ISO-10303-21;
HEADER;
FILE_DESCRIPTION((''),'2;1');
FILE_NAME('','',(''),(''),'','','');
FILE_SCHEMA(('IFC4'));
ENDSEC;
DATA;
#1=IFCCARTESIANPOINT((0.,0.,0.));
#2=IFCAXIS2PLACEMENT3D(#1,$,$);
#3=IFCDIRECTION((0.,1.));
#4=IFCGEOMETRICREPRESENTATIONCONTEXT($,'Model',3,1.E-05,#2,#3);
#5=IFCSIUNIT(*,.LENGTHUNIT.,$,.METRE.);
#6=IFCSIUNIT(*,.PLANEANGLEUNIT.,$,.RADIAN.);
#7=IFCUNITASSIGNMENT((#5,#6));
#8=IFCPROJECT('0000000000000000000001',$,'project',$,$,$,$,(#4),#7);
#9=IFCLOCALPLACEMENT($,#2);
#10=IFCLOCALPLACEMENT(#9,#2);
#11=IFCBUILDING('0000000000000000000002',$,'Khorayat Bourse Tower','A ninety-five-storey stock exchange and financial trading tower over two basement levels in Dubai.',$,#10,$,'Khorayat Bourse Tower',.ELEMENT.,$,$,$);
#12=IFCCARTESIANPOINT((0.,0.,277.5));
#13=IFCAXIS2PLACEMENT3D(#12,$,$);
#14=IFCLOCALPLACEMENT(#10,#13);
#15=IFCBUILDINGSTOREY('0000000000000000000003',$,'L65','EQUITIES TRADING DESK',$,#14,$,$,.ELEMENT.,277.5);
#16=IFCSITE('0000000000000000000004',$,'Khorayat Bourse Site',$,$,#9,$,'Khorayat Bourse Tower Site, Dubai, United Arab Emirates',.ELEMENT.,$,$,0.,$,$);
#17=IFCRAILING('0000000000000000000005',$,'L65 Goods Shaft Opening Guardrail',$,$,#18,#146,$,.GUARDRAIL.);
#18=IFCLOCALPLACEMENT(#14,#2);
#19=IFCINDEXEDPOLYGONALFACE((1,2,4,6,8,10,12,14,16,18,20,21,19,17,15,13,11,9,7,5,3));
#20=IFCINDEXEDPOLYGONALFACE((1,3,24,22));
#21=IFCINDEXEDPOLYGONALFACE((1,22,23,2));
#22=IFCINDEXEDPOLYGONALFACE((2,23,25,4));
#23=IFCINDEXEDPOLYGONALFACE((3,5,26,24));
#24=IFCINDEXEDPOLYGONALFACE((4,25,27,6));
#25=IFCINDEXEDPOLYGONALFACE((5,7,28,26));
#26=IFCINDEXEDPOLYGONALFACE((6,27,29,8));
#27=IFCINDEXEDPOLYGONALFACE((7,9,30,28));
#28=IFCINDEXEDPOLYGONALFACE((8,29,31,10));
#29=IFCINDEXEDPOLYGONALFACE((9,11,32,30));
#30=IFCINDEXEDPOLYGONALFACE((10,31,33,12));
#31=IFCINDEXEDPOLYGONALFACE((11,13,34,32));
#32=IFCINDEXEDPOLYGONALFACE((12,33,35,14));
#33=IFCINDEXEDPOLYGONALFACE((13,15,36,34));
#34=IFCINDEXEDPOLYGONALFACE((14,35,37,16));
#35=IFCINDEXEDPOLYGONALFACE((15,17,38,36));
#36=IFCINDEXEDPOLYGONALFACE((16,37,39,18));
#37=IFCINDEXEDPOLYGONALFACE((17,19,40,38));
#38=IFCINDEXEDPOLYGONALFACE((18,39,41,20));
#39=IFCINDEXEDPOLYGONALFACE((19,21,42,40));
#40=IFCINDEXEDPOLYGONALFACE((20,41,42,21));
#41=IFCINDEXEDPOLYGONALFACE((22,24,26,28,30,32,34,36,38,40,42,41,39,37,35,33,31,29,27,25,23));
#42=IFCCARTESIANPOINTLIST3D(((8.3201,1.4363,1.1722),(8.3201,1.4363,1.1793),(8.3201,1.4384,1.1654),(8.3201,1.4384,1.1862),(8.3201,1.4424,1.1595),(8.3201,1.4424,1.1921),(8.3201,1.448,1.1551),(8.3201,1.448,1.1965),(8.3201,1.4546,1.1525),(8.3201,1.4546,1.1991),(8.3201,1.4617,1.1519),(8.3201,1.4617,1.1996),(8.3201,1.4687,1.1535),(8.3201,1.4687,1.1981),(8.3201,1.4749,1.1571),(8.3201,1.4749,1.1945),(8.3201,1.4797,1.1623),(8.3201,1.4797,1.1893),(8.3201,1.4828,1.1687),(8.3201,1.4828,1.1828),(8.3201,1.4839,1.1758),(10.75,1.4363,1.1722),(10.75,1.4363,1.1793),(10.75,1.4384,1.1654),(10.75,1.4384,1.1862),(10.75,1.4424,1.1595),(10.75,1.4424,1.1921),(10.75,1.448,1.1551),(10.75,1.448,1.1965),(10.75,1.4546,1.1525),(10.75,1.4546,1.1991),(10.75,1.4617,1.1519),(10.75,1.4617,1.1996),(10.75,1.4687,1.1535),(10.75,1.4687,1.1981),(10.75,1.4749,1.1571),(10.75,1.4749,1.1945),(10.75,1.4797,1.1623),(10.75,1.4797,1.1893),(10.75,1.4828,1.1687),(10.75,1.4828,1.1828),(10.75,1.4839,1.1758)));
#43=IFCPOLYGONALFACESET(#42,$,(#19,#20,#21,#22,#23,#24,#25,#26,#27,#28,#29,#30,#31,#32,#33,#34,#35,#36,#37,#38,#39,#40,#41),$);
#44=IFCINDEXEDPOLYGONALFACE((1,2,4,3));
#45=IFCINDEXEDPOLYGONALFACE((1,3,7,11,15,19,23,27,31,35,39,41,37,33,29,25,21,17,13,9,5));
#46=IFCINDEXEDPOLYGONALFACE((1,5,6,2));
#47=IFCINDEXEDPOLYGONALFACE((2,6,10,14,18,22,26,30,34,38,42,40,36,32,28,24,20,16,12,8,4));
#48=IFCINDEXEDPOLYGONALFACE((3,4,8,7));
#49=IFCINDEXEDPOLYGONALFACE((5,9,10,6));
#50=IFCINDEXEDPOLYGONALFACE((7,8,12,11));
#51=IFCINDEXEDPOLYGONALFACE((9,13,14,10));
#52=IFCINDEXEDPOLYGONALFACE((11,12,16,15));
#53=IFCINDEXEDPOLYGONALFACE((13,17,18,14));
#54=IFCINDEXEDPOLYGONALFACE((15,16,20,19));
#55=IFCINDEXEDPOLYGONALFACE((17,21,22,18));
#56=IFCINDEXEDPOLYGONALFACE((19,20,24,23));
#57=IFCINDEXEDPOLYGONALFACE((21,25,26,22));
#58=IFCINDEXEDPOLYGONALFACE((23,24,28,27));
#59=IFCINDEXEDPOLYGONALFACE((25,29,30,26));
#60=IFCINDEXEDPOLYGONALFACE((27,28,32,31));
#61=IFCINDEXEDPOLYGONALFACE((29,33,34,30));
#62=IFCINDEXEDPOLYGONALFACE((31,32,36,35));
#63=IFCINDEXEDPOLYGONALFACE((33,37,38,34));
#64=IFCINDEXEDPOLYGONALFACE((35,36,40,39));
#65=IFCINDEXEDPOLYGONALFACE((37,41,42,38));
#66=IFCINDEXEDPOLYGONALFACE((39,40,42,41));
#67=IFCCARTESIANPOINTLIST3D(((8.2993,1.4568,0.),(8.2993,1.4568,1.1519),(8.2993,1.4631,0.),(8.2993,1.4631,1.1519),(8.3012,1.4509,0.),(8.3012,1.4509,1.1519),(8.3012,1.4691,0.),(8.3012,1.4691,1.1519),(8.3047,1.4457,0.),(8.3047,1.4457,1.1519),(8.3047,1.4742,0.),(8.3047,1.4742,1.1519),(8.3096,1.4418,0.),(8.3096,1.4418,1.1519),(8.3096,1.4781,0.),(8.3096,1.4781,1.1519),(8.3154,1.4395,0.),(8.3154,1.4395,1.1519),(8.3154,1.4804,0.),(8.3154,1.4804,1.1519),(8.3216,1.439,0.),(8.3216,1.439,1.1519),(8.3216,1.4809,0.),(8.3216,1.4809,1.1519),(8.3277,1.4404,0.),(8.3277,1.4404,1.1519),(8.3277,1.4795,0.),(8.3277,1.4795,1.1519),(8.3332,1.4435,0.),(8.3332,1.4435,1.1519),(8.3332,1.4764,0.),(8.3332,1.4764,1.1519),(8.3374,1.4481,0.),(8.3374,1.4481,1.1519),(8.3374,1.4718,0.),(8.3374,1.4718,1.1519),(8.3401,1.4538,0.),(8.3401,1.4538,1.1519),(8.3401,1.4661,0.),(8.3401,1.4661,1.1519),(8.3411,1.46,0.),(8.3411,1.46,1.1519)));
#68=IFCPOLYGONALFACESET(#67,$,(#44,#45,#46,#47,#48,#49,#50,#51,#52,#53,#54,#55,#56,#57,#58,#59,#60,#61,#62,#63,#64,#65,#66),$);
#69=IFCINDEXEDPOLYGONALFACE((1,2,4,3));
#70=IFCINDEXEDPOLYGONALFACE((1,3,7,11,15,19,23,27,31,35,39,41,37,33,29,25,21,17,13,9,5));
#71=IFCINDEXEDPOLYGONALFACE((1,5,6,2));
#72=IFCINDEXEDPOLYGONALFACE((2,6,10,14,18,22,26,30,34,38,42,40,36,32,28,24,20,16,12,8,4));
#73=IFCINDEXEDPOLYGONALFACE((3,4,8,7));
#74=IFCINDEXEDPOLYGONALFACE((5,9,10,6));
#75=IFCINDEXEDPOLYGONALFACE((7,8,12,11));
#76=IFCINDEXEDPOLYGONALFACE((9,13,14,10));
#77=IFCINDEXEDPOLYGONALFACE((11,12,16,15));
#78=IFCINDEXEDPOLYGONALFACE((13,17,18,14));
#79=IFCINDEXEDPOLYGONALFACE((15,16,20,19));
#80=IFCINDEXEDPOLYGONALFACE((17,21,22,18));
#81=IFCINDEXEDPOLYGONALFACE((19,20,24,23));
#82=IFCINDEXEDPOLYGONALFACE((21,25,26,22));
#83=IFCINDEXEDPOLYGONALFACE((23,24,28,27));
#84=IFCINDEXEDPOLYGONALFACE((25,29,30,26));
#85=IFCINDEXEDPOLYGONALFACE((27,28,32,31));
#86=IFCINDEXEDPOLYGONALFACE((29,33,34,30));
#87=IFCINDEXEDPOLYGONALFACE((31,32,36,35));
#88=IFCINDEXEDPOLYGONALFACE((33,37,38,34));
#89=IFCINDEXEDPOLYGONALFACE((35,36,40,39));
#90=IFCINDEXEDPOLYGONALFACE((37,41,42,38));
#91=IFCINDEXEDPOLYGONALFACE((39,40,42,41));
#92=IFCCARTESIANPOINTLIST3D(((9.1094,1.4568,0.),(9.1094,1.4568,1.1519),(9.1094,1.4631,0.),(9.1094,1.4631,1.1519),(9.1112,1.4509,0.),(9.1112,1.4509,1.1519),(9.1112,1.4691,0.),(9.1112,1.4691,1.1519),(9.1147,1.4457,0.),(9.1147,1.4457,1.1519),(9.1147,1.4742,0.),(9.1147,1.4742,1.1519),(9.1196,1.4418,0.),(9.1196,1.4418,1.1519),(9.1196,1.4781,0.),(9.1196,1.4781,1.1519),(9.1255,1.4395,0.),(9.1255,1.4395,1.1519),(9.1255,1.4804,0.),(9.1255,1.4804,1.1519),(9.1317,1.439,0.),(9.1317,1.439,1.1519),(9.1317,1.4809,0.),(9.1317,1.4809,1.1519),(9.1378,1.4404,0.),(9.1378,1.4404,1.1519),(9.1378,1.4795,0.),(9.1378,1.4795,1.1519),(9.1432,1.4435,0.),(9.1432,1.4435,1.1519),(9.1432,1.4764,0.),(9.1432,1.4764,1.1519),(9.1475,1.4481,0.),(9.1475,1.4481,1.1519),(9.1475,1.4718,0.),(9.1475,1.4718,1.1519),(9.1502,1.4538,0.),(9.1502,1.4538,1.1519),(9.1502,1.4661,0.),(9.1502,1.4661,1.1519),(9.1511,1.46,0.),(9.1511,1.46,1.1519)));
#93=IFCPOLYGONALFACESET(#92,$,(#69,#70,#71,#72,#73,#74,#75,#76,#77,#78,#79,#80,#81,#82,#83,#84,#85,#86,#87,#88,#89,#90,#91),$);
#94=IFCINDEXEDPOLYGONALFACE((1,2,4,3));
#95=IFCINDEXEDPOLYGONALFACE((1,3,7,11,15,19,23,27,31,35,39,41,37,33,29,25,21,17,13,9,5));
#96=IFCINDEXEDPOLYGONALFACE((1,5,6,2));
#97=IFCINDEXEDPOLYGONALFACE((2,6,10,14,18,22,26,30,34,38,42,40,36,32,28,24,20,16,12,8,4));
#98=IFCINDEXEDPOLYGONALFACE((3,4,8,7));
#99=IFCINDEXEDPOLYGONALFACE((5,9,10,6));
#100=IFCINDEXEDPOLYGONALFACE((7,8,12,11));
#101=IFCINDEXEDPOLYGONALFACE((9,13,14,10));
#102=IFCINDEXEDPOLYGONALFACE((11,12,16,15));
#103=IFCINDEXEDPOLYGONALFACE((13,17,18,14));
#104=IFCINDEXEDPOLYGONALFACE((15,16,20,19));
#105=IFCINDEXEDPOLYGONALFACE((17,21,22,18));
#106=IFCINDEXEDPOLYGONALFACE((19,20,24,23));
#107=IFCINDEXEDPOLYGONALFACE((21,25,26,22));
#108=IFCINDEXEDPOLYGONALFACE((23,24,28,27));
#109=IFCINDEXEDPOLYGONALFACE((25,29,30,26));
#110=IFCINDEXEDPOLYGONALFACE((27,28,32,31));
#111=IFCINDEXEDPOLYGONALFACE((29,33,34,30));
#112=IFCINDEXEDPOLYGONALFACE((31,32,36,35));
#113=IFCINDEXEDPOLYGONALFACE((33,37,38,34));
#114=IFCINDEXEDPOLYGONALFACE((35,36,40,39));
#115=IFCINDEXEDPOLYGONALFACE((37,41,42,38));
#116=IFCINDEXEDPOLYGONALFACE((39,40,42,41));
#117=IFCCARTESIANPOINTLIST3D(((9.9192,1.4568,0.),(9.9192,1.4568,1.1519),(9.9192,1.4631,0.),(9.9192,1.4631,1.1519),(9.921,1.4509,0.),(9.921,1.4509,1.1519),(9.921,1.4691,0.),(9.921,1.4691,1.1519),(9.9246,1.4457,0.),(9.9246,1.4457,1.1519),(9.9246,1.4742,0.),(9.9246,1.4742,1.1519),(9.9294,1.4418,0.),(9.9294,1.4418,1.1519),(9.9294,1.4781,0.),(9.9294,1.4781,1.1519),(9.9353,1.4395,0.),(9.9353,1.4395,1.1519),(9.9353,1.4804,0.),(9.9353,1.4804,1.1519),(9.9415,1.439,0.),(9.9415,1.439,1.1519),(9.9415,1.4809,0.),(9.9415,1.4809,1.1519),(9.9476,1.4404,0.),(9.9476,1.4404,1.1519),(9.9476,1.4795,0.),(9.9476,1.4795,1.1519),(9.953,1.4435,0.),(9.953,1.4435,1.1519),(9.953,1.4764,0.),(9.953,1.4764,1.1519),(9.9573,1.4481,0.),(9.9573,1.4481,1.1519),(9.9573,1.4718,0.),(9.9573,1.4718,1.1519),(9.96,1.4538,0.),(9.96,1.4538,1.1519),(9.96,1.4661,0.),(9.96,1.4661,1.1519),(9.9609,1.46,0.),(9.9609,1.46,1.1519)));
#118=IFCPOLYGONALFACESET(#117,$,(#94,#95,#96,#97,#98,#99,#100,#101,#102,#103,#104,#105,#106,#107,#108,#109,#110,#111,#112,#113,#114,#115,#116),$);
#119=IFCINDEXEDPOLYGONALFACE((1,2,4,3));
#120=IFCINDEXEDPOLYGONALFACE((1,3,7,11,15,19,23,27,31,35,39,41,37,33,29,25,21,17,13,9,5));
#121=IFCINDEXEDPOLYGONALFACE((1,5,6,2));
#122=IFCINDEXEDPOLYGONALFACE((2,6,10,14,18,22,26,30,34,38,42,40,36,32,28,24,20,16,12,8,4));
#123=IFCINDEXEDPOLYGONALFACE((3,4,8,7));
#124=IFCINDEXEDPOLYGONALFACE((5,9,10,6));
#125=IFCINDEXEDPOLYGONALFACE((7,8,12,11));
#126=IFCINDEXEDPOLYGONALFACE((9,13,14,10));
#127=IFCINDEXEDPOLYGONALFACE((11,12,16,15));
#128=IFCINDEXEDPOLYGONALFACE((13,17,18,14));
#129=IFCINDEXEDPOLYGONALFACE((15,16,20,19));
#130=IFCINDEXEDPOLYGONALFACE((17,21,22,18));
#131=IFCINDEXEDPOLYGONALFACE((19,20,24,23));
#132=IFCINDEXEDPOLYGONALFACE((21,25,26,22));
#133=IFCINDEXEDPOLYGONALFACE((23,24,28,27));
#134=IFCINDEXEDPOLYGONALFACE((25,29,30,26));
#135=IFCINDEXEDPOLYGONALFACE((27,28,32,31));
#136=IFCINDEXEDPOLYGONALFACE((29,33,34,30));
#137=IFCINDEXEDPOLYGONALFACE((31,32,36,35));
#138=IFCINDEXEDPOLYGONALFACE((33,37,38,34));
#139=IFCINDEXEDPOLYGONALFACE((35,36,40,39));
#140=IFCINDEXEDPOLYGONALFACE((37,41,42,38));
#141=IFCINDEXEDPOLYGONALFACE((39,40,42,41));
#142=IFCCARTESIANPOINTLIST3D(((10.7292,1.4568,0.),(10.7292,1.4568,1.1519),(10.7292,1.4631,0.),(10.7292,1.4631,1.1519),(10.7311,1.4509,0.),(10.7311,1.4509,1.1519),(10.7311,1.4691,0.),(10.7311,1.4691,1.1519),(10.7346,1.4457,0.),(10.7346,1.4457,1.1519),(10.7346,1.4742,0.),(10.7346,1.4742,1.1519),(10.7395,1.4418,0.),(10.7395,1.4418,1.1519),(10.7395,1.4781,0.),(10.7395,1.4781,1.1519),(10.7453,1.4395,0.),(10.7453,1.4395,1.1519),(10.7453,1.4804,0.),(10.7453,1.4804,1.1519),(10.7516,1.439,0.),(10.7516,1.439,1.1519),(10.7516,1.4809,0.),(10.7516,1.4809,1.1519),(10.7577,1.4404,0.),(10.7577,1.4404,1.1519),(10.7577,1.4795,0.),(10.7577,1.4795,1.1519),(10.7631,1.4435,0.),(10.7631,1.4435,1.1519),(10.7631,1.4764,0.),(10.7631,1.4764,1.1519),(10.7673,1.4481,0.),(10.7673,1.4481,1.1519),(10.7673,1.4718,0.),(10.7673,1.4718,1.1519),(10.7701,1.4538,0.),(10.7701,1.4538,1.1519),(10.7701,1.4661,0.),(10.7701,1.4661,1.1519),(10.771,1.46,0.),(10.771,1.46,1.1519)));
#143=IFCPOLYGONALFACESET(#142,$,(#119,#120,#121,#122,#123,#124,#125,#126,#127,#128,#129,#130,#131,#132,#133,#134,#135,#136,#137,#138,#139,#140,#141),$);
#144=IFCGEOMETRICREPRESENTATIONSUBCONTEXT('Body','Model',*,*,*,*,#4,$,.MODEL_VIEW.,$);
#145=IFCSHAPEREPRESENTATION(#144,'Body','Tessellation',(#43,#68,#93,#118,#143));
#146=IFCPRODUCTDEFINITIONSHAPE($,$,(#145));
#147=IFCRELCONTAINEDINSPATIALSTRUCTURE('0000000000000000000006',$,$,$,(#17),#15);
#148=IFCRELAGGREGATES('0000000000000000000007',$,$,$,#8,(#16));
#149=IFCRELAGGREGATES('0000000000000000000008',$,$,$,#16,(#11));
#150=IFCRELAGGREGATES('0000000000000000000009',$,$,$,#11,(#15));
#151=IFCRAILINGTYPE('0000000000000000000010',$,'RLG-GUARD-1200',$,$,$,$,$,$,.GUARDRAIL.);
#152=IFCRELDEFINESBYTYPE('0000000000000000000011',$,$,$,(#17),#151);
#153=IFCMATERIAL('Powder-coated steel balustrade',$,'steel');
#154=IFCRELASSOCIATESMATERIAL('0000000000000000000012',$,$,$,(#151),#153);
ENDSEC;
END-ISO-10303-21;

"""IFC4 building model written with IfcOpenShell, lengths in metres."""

from ifc_helpers import new_model, si_unit, direction, frame, origin, origin_2d, place, context, subcontext, project, spatial, circle, extrude, source, transform, mapped, material, type_object, element, save


model = new_model("IFC4")

# Units and contexts
model_context = context("Model", 3, precision=1e-05, world=origin(), true_north=direction((0.0, 1.0)))
body_context = subcontext(model_context, "Body", "Model", "MODEL_VIEW")
ifc_project = project(units=[si_unit("LENGTHUNIT", "METRE"), si_unit("PLANEANGLEUNIT", "RADIAN")], contexts=[model_context])

# Site, building, storey
site_placement = place(None, origin())
site = spatial("IfcSite", under=ifc_project, at=site_placement, Name="Khorayat Bourse Site", LongName="Khorayat Bourse Tower Site, Dubai, United Arab Emirates", CompositionType="ELEMENT", RefElevation=0.0)
building_placement = place(site_placement, origin())
building = spatial("IfcBuilding", under=site, at=building_placement, Name="Khorayat Bourse Tower", Description="A ninety-five-storey stock exchange and financial trading tower over two basement levels in Dubai.", LongName="Khorayat Bourse Tower", CompositionType="ELEMENT")
storey_placement = place(building_placement, frame((0.0, 0.0, 277.5)))
storey = spatial("IfcBuildingStorey", under=building, at=storey_placement, Name="L65", Description="EQUITIES TRADING DESK", CompositionType="ELEMENT", Elevation=277.5)

# Railing
ifc_material_1 = material(Name="Powder-coated steel balustrade", Category="steel")
railing_type = type_object("IfcRailingType", Name="RLG-GUARD-1200", PredefinedType="GUARDRAIL", material=ifc_material_1)
shared_shape_1 = source(origin(), body_context, "Body", "SweptSolid", [
    extrude(circle(Radius=0.0239, at=origin_2d()), frame((0.0, 0.0, 1.1758), z_axis=(1.0, 0.0, 0.0), x_axis=(0.0, 1.0, 0.0)), (0.0, 0.0, 1.0), 2.4299),
    extrude(circle(Radius=0.021, at=origin_2d()), origin(), (0.0, 0.0, 1.0), 1.1519),
    extrude(circle(Radius=0.021, at=origin_2d()), frame((0.8101, 0.0, 0.0)), (0.0, 0.0, 1.0), 1.1519),
    extrude(circle(Radius=0.021, at=origin_2d()), frame((1.6199, 0.0, 0.0)), (0.0, 0.0, 1.0), 1.1519),
    extrude(circle(Radius=0.021, at=origin_2d()), frame((2.4299, 0.0, 0.0)), (0.0, 0.0, 1.0), 1.1519),
])
railing_placement = place(storey_placement, frame((8.3201, 1.46, 0.0)))
element("IfcRailing", 1, at=railing_placement, inside=storey, type_object=railing_type, Name="L65 Goods Shaft Opening Guardrail", PredefinedType="GUARDRAIL", context=body_context, shape_type="MappedRepresentation", body=[
    mapped(shared_shape_1, transform((0.0, 0.0, 0.0), scale=1.0)),
])

save(model, "model.ifc")
